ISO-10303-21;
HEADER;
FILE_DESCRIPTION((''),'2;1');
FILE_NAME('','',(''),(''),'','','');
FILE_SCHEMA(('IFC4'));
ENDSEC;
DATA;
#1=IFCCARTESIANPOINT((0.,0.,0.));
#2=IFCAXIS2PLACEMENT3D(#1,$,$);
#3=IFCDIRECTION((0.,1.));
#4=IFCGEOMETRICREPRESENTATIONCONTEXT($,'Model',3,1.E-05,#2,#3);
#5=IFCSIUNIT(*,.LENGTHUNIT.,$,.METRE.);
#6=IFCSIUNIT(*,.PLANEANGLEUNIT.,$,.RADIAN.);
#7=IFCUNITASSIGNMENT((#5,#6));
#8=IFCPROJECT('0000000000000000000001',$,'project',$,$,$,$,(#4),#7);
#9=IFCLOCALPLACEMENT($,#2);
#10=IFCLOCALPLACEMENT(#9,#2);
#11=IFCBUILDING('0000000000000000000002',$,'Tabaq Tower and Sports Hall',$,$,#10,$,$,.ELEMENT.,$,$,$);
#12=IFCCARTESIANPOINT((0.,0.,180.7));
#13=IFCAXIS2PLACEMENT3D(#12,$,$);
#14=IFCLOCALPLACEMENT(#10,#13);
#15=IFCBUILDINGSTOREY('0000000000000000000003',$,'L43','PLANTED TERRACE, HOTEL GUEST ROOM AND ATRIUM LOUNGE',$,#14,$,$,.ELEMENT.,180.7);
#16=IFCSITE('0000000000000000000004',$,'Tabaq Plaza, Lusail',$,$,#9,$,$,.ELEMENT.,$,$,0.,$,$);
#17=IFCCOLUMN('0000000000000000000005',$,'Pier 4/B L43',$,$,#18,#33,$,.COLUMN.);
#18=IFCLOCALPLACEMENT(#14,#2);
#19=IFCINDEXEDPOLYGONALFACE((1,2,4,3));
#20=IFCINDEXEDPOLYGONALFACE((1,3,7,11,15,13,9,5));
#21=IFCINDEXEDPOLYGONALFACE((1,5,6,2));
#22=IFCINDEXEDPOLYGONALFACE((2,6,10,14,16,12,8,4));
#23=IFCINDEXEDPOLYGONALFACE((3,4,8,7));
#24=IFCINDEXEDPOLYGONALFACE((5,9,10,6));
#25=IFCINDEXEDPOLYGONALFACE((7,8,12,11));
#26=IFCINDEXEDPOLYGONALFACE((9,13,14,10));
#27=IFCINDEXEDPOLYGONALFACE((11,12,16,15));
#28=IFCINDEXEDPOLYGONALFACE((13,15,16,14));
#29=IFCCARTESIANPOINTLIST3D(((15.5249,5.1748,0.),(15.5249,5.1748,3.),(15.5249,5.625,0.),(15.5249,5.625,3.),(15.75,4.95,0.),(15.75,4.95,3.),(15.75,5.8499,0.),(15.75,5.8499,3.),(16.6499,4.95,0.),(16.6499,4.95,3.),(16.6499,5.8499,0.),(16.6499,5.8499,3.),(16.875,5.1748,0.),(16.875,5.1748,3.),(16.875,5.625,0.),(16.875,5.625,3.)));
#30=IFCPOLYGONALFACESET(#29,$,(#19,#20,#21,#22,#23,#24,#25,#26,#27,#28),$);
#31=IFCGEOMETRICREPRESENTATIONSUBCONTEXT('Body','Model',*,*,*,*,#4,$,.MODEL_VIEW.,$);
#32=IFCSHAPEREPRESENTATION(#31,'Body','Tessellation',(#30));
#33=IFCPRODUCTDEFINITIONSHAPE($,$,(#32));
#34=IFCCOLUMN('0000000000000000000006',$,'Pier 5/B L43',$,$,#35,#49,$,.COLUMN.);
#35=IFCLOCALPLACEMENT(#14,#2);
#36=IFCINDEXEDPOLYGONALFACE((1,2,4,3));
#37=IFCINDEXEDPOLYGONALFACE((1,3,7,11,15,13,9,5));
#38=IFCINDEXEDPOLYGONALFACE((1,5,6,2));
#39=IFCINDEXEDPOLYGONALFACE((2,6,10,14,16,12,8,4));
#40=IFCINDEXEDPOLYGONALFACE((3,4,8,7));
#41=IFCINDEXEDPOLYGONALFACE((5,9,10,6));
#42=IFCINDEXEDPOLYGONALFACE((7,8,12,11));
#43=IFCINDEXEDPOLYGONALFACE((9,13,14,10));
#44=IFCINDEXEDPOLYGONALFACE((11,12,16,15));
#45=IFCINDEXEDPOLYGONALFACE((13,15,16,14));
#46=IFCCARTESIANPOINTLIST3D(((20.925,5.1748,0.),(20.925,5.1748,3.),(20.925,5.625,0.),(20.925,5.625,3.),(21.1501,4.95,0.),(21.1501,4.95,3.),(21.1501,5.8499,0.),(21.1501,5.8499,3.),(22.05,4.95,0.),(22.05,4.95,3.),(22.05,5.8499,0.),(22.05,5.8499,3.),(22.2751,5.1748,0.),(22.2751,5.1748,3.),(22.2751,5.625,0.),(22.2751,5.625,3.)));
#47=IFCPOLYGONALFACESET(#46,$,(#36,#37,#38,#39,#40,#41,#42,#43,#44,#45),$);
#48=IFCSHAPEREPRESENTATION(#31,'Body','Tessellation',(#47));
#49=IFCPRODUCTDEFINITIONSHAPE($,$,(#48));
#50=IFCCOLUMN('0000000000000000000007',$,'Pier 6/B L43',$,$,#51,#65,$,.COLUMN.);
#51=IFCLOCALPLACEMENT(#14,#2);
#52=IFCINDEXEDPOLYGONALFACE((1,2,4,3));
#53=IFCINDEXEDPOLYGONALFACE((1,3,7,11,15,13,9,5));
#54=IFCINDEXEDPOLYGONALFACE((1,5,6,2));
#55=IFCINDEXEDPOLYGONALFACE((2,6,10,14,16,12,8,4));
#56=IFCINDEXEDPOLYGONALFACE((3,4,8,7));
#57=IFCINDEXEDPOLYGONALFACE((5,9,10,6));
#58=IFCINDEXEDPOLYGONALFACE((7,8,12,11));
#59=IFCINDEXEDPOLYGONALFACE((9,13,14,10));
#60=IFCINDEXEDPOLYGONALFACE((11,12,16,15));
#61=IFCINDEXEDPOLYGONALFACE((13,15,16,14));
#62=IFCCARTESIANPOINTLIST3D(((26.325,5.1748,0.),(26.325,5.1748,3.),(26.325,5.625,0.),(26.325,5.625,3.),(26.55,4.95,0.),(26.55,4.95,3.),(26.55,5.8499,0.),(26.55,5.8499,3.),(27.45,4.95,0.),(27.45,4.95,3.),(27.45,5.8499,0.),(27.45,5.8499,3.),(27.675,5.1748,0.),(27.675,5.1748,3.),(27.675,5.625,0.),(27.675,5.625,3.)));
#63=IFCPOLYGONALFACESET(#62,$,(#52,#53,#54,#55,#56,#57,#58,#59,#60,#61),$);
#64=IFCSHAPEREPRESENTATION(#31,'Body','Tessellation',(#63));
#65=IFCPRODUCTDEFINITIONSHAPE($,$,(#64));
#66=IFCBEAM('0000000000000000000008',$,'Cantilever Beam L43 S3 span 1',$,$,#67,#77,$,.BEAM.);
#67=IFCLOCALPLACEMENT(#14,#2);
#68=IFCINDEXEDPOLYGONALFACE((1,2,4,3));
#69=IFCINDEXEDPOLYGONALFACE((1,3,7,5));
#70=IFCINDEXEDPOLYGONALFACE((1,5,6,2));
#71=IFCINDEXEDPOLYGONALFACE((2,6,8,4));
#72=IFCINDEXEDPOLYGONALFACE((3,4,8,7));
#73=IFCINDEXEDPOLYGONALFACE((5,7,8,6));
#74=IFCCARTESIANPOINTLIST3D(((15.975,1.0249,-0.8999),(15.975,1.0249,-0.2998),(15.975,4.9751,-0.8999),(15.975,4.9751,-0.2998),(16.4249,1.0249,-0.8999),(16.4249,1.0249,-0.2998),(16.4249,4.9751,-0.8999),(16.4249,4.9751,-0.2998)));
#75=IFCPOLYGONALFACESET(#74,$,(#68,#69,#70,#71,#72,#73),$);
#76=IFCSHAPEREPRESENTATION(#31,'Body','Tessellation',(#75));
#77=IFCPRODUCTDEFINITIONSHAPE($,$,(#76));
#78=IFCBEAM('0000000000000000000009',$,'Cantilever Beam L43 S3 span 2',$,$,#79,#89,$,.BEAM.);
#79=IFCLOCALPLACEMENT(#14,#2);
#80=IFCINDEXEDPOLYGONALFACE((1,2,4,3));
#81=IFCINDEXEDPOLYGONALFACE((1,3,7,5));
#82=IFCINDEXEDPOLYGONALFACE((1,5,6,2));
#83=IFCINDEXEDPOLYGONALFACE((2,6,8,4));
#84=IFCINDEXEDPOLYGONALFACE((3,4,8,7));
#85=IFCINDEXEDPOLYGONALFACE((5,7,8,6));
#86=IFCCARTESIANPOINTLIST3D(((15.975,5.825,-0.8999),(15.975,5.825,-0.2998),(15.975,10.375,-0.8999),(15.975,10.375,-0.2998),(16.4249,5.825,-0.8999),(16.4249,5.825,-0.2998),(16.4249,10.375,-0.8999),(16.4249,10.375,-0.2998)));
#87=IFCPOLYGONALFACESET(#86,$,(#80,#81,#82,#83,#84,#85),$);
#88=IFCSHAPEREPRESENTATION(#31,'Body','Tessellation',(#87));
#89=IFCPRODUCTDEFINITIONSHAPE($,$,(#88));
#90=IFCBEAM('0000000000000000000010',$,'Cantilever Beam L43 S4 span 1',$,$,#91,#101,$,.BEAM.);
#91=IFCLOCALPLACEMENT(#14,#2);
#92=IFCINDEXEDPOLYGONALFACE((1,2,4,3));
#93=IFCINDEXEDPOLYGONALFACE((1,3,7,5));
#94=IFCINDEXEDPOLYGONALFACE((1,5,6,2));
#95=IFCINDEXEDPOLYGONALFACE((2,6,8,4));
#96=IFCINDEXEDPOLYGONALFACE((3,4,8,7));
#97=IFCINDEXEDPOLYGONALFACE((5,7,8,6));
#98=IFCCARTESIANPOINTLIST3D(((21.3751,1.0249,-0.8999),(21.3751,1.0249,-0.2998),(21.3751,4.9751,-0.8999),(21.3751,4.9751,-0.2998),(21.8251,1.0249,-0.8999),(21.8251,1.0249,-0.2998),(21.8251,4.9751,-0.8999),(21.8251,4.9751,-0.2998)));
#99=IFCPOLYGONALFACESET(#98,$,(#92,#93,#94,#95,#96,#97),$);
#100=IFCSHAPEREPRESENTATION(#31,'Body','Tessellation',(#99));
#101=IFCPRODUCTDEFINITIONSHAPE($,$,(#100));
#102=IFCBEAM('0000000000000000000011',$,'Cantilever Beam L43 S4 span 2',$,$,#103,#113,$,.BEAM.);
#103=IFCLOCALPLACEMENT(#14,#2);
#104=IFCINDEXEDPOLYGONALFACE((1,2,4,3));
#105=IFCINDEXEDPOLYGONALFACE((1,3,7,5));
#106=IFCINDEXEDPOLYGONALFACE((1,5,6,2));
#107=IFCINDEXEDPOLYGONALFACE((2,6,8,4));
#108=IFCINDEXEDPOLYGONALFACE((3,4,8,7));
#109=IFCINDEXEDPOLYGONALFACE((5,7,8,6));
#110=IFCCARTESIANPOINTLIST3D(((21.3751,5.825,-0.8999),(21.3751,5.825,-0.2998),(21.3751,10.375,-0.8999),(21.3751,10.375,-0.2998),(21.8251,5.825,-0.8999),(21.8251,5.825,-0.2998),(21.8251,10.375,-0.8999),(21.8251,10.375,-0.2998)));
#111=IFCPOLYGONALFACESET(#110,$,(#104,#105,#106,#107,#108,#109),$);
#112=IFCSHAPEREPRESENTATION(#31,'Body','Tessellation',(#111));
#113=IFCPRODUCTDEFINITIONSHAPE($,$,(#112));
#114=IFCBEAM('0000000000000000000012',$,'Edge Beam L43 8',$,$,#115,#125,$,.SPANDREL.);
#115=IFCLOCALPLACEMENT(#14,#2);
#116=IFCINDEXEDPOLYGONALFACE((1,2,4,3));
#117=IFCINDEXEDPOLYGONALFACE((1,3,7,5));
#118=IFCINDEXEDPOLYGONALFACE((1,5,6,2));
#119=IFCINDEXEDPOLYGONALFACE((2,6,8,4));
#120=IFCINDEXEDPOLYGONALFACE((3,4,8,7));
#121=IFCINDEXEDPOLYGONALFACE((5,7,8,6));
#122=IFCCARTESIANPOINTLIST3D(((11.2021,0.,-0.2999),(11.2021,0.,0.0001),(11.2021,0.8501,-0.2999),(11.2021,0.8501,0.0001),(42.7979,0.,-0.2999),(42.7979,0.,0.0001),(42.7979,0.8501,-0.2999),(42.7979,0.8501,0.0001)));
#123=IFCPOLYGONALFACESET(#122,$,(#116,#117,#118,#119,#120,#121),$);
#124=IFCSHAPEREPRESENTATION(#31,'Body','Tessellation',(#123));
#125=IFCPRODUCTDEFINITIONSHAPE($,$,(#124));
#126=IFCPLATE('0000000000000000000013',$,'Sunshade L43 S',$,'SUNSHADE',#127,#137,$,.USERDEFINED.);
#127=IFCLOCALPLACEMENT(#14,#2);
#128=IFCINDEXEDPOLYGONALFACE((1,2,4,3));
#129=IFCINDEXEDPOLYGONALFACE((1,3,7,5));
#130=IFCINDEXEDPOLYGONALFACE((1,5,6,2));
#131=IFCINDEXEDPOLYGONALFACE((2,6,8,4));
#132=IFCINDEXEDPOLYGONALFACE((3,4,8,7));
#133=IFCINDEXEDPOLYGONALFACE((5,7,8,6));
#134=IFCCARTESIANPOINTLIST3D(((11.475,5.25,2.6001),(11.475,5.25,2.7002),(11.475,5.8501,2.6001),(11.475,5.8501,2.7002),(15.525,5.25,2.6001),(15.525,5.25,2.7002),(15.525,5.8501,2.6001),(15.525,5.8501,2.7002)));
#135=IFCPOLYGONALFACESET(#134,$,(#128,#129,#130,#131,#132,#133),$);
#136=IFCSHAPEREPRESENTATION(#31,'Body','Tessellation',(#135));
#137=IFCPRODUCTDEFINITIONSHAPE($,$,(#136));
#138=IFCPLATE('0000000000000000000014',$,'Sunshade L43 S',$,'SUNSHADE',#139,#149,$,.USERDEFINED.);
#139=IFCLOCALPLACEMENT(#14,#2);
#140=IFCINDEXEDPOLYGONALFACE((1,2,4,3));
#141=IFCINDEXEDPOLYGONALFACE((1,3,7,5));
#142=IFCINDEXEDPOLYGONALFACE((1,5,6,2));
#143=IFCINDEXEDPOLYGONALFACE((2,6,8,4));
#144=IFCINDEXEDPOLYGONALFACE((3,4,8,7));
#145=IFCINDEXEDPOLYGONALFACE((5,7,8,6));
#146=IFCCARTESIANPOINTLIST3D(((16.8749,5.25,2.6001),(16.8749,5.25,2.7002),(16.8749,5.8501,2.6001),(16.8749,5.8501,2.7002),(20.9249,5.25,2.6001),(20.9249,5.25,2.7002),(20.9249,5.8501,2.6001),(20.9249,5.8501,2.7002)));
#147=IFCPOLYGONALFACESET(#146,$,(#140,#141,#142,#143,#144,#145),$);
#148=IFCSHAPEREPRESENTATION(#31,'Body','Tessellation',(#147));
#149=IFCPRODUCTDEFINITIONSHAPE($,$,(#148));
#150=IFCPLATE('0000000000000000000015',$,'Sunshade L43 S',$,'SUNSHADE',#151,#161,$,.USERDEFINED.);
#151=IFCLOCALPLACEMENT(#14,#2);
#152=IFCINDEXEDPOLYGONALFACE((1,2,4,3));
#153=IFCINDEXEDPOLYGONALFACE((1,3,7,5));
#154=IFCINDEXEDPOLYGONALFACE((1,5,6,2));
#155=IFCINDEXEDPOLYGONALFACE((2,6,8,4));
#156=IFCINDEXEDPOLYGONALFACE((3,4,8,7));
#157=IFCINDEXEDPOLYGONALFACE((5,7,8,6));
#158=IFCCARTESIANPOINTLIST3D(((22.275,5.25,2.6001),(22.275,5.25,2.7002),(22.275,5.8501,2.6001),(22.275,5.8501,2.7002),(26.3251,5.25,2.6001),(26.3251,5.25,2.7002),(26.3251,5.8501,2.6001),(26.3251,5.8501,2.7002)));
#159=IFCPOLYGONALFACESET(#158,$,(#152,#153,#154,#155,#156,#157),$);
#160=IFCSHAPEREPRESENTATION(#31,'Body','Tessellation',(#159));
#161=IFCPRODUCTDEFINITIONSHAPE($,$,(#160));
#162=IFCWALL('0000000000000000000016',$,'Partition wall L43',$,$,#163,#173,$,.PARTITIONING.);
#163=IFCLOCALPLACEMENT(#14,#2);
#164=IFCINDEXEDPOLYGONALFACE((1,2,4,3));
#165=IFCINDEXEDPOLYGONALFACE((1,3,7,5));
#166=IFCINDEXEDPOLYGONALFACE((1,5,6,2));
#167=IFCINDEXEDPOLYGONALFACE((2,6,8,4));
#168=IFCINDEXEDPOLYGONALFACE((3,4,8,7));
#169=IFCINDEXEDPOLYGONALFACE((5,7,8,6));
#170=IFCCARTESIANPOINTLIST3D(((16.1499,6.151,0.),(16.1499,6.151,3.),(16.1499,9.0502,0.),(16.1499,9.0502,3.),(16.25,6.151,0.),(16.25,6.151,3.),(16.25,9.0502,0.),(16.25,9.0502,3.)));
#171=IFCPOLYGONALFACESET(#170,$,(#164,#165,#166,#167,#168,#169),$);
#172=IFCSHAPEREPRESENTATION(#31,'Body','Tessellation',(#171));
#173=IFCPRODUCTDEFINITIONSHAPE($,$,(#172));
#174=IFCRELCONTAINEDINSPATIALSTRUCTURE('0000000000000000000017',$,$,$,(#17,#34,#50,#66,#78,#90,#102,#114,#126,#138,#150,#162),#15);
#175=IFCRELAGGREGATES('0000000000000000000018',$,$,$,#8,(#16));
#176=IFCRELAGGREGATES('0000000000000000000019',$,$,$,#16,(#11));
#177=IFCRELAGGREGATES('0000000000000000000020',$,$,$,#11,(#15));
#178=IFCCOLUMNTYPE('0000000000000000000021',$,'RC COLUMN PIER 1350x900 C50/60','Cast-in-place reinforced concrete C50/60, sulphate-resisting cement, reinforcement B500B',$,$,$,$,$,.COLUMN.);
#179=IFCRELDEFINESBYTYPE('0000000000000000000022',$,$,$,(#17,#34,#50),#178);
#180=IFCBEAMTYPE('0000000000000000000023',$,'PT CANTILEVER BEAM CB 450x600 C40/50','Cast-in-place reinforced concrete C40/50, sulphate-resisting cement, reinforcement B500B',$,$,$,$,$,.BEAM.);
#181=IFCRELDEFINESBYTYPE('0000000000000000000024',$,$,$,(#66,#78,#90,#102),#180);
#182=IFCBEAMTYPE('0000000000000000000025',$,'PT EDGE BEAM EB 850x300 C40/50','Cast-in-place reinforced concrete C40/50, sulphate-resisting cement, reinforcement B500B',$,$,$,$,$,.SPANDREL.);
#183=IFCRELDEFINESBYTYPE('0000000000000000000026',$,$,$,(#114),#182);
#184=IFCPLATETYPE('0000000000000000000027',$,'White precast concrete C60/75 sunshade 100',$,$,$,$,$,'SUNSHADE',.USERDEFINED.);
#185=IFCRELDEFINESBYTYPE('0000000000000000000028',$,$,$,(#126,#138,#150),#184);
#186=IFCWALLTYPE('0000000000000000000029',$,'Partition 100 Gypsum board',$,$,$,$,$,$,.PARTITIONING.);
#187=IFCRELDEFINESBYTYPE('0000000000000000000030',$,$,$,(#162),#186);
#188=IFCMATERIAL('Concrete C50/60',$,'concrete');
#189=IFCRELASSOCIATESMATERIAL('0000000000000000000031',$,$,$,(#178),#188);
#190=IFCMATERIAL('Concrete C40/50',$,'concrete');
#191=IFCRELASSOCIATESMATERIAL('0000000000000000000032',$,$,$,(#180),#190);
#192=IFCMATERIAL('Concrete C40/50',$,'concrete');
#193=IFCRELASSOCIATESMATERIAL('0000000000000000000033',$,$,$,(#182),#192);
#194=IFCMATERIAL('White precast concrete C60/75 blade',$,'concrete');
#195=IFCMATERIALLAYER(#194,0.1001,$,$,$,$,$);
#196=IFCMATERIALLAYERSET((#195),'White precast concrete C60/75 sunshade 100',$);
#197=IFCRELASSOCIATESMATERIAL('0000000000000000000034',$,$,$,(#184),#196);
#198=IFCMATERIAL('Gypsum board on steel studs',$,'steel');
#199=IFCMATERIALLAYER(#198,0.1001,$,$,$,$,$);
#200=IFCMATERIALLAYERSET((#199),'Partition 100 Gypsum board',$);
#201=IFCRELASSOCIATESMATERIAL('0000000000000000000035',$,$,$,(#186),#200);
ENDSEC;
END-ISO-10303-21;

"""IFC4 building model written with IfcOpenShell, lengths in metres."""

from ifc_helpers import new_model, si_unit, direction, frame, frame_2d, origin, origin_2d, place, context, subcontext, project, spatial, polyline, rectangle, outline, extrude, material, layer, layer_set, material_profile, profile_set, type_object, element, save


model = new_model("IFC4")

# Units and contexts
model_context = context("Model", 3, precision=1e-05, world=origin(), true_north=direction((0.0, 1.0)))
body_context = subcontext(model_context, "Body", "Model", "MODEL_VIEW")
ifc_project = project(units=[si_unit("LENGTHUNIT", "METRE"), si_unit("PLANEANGLEUNIT", "RADIAN")], contexts=[model_context])

# Site, building, storey
site_placement = place(None, origin())
site = spatial("IfcSite", under=ifc_project, at=site_placement, Name="Tabaq Plaza, Lusail", CompositionType="ELEMENT", RefElevation=0.0)
building_placement = place(site_placement, origin())
building = spatial("IfcBuilding", under=site, at=building_placement, Name="Tabaq Tower and Sports Hall", CompositionType="ELEMENT")
storey_placement = place(building_placement, frame((0.0, 0.0, 180.7)))
storey = spatial("IfcBuildingStorey", under=building, at=storey_placement, Name="L43", Description="PLANTED TERRACE, HOTEL GUEST ROOM AND ATRIUM LOUNGE", CompositionType="ELEMENT", Elevation=180.7)

# Columns
ifc_material_1 = material(Name="Concrete C50/60", Category="concrete")
ifc_material_profile_1 = material_profile(ifc_material_1, outline(polyline([(-0.45, -0.45), (0.45, -0.45), (0.675, -0.2251), (0.675, 0.2251), (0.45, 0.45), (-0.45, 0.45), (-0.675, 0.2251), (-0.675, -0.2251), (-0.45, -0.45)])), Name="PIER 1350x900")
ifc_profile_set_1 = profile_set([ifc_material_profile_1], Name="Concrete C50/60")
column_type = type_object("IfcColumnType", Name="RC COLUMN PIER 1350x900 C50/60", Description="Cast-in-place reinforced concrete C50/60, sulphate-resisting cement, reinforcement B500B", PredefinedType="COLUMN", material=ifc_profile_set_1)
for number, where, z_axis, x_axis, name in (
    (1, (16.2, 5.3999, 0.0), (0.0, 0.0, 1.0), (1.0, 0.0, 0.0), "Pier 4/B L43"),
    (2, (21.6001, 5.3999, 0.0), (0.0, 0.0, 1.0), (1.0, 0.0, 0.0), "Pier 5/B L43"),
    (3, (27.0, 5.3999, 0.0), (0.0, 0.0, 1.0), (1.0, 0.0, 0.0), "Pier 6/B L43"),
):
    element("IfcColumn", number, at=place(storey_placement, frame(where, z_axis=z_axis, x_axis=x_axis)), inside=storey, type_object=column_type, Name=name, PredefinedType="COLUMN", context=body_context, shape_type="SweptSolid", body=[
        extrude(outline(polyline([(-0.45, -0.45), (0.45, -0.45), (0.675, -0.2251), (0.675, 0.2251), (0.45, 0.45), (-0.45, 0.45), (-0.675, 0.2251), (-0.675, -0.2251), (-0.45, -0.45)])), origin(), (0.0, 0.0, 1.0), 3.0),
    ])

# Beams
ifc_material_2 = material(Name="Concrete C40/50", Category="concrete")
ifc_material_profile_2 = material_profile(ifc_material_2, rectangle(XDim=0.45, YDim=0.6001, at=origin_2d()), Name="CB 450x600")
ifc_profile_set_2 = profile_set([ifc_material_profile_2], Name="Concrete C40/50")
beam_type_1 = type_object("IfcBeamType", Name="PT CANTILEVER BEAM CB 450x600 C40/50", Description="Cast-in-place reinforced concrete C40/50, sulphate-resisting cement, reinforcement B500B", PredefinedType="BEAM", material=ifc_profile_set_2)
beam_1_placement = place(storey_placement, frame((16.2, 1.0249, -0.5999), z_axis=(0.0, 1.0, 0.0), x_axis=(-1.0, 0.0, 0.0)))
element("IfcBeam", 4, at=beam_1_placement, inside=storey, type_object=beam_type_1, Name="Cantilever Beam L43 S3 span 1", PredefinedType="BEAM", context=body_context, shape_type="SweptSolid", body=[
    extrude(rectangle(XDim=0.45, YDim=0.6001, at=origin_2d()), origin(), (0.0, 0.0, 1.0), 3.9502),
])
beam_2_placement = place(storey_placement, frame((16.2, 5.825, -0.5999), z_axis=(0.0, 1.0, 0.0), x_axis=(-1.0, 0.0, 0.0)))
element("IfcBeam", 5, at=beam_2_placement, inside=storey, type_object=beam_type_1, Name="Cantilever Beam L43 S3 span 2", PredefinedType="BEAM", context=body_context, shape_type="SweptSolid", body=[
    extrude(rectangle(XDim=0.45, YDim=0.6001, at=origin_2d()), origin(), (0.0, 0.0, 1.0), 4.55),
])
beam_3_placement = place(storey_placement, frame((21.6001, 1.0249, -0.5999), z_axis=(0.0, 1.0, 0.0), x_axis=(-1.0, 0.0, 0.0)))
element("IfcBeam", 6, at=beam_3_placement, inside=storey, type_object=beam_type_1, Name="Cantilever Beam L43 S4 span 1", PredefinedType="BEAM", context=body_context, shape_type="SweptSolid", body=[
    extrude(rectangle(XDim=0.45, YDim=0.6001, at=origin_2d()), origin(), (0.0, 0.0, 1.0), 3.9502),
])
beam_4_placement = place(storey_placement, frame((21.6001, 5.825, -0.5999), z_axis=(0.0, 1.0, 0.0), x_axis=(-1.0, 0.0, 0.0)))
element("IfcBeam", 7, at=beam_4_placement, inside=storey, type_object=beam_type_1, Name="Cantilever Beam L43 S4 span 2", PredefinedType="BEAM", context=body_context, shape_type="SweptSolid", body=[
    extrude(rectangle(XDim=0.45, YDim=0.6001, at=origin_2d()), origin(), (0.0, 0.0, 1.0), 4.55),
])
ifc_material_3 = material(Name="Concrete C40/50", Category="concrete")
ifc_material_profile_3 = material_profile(ifc_material_3, rectangle(XDim=0.8501, YDim=0.3, at=origin_2d()), Name="EB 850x300")
ifc_profile_set_3 = profile_set([ifc_material_profile_3], Name="Concrete C40/50")
beam_type_2 = type_object("IfcBeamType", Name="PT EDGE BEAM EB 850x300 C40/50", Description="Cast-in-place reinforced concrete C40/50, sulphate-resisting cement, reinforcement B500B", PredefinedType="SPANDREL", material=ifc_profile_set_3)
beam_5_placement = place(storey_placement, frame((11.2021, 0.425, -0.1499), z_axis=(1.0, 0.0, 0.0), x_axis=(0.0, 1.0, 0.0)))
element("IfcBeam", 8, at=beam_5_placement, inside=storey, type_object=beam_type_2, Name="Edge Beam L43 8", PredefinedType="SPANDREL", context=body_context, shape_type="SweptSolid", body=[
    extrude(rectangle(XDim=0.8501, YDim=0.3, at=origin_2d()), origin(), (0.0, 0.0, 1.0), 31.5957),
])

# Plates
ifc_material_4 = material(Name="White precast concrete C60/75 blade", Category="concrete")
ifc_layer_1 = layer(ifc_material_4, 0.1001)
ifc_layer_set_1 = layer_set([ifc_layer_1], Name="White precast concrete C60/75 sunshade 100")
plate_type = type_object("IfcPlateType", Name="White precast concrete C60/75 sunshade 100", ElementType="SUNSHADE", PredefinedType="USERDEFINED", material=ifc_layer_set_1)
for number, where, z_axis, x_axis, name in (
    (9, (13.5, 5.55, 2.6001), (0.0, 0.0, 1.0), (1.0, 0.0, 0.0), "Sunshade L43 S"),
    (10, (18.8999, 5.55, 2.6001), (0.0, 0.0, 1.0), (1.0, 0.0, 0.0), "Sunshade L43 S"),
    (11, (24.3, 5.55, 2.6001), (0.0, 0.0, 1.0), (1.0, 0.0, 0.0), "Sunshade L43 S"),
):
    element("IfcPlate", number, at=place(storey_placement, frame(where, z_axis=z_axis, x_axis=x_axis)), inside=storey, type_object=plate_type, Name=name, ObjectType="SUNSHADE", PredefinedType="USERDEFINED", context=body_context, shape_type="SweptSolid", body=[
        extrude(rectangle(XDim=4.05, YDim=0.6001, at=origin_2d()), origin(), (0.0, 0.0, 1.0), 0.1001),
    ])

# Wall
ifc_material_5 = material(Name="Gypsum board on steel studs", Category="steel")
ifc_layer_2 = layer(ifc_material_5, 0.1001)
ifc_layer_set_2 = layer_set([ifc_layer_2], Name="Partition 100 Gypsum board")
wall_type_1 = type_object("IfcWallType", Name="Partition 100 Gypsum board", PredefinedType="PARTITIONING", material=ifc_layer_set_2)
wall_1_placement = place(storey_placement, frame((16.2, 6.1509, 0.0), z_axis=(0.0, 0.0, 1.0), x_axis=(0.0, 1.0, 0.0)))
element("IfcWall", 12, at=wall_1_placement, inside=storey, type_object=wall_type_1, Name="Partition wall L43", PredefinedType="PARTITIONING", context=body_context, shape_type="SweptSolid", body=[
    extrude(rectangle(XDim=2.8992, YDim=0.1001, at=frame_2d((1.4497, 0.0))), origin(), (0.0, 0.0, 1.0), 3.0),
])

save(model, "model.ifc")
